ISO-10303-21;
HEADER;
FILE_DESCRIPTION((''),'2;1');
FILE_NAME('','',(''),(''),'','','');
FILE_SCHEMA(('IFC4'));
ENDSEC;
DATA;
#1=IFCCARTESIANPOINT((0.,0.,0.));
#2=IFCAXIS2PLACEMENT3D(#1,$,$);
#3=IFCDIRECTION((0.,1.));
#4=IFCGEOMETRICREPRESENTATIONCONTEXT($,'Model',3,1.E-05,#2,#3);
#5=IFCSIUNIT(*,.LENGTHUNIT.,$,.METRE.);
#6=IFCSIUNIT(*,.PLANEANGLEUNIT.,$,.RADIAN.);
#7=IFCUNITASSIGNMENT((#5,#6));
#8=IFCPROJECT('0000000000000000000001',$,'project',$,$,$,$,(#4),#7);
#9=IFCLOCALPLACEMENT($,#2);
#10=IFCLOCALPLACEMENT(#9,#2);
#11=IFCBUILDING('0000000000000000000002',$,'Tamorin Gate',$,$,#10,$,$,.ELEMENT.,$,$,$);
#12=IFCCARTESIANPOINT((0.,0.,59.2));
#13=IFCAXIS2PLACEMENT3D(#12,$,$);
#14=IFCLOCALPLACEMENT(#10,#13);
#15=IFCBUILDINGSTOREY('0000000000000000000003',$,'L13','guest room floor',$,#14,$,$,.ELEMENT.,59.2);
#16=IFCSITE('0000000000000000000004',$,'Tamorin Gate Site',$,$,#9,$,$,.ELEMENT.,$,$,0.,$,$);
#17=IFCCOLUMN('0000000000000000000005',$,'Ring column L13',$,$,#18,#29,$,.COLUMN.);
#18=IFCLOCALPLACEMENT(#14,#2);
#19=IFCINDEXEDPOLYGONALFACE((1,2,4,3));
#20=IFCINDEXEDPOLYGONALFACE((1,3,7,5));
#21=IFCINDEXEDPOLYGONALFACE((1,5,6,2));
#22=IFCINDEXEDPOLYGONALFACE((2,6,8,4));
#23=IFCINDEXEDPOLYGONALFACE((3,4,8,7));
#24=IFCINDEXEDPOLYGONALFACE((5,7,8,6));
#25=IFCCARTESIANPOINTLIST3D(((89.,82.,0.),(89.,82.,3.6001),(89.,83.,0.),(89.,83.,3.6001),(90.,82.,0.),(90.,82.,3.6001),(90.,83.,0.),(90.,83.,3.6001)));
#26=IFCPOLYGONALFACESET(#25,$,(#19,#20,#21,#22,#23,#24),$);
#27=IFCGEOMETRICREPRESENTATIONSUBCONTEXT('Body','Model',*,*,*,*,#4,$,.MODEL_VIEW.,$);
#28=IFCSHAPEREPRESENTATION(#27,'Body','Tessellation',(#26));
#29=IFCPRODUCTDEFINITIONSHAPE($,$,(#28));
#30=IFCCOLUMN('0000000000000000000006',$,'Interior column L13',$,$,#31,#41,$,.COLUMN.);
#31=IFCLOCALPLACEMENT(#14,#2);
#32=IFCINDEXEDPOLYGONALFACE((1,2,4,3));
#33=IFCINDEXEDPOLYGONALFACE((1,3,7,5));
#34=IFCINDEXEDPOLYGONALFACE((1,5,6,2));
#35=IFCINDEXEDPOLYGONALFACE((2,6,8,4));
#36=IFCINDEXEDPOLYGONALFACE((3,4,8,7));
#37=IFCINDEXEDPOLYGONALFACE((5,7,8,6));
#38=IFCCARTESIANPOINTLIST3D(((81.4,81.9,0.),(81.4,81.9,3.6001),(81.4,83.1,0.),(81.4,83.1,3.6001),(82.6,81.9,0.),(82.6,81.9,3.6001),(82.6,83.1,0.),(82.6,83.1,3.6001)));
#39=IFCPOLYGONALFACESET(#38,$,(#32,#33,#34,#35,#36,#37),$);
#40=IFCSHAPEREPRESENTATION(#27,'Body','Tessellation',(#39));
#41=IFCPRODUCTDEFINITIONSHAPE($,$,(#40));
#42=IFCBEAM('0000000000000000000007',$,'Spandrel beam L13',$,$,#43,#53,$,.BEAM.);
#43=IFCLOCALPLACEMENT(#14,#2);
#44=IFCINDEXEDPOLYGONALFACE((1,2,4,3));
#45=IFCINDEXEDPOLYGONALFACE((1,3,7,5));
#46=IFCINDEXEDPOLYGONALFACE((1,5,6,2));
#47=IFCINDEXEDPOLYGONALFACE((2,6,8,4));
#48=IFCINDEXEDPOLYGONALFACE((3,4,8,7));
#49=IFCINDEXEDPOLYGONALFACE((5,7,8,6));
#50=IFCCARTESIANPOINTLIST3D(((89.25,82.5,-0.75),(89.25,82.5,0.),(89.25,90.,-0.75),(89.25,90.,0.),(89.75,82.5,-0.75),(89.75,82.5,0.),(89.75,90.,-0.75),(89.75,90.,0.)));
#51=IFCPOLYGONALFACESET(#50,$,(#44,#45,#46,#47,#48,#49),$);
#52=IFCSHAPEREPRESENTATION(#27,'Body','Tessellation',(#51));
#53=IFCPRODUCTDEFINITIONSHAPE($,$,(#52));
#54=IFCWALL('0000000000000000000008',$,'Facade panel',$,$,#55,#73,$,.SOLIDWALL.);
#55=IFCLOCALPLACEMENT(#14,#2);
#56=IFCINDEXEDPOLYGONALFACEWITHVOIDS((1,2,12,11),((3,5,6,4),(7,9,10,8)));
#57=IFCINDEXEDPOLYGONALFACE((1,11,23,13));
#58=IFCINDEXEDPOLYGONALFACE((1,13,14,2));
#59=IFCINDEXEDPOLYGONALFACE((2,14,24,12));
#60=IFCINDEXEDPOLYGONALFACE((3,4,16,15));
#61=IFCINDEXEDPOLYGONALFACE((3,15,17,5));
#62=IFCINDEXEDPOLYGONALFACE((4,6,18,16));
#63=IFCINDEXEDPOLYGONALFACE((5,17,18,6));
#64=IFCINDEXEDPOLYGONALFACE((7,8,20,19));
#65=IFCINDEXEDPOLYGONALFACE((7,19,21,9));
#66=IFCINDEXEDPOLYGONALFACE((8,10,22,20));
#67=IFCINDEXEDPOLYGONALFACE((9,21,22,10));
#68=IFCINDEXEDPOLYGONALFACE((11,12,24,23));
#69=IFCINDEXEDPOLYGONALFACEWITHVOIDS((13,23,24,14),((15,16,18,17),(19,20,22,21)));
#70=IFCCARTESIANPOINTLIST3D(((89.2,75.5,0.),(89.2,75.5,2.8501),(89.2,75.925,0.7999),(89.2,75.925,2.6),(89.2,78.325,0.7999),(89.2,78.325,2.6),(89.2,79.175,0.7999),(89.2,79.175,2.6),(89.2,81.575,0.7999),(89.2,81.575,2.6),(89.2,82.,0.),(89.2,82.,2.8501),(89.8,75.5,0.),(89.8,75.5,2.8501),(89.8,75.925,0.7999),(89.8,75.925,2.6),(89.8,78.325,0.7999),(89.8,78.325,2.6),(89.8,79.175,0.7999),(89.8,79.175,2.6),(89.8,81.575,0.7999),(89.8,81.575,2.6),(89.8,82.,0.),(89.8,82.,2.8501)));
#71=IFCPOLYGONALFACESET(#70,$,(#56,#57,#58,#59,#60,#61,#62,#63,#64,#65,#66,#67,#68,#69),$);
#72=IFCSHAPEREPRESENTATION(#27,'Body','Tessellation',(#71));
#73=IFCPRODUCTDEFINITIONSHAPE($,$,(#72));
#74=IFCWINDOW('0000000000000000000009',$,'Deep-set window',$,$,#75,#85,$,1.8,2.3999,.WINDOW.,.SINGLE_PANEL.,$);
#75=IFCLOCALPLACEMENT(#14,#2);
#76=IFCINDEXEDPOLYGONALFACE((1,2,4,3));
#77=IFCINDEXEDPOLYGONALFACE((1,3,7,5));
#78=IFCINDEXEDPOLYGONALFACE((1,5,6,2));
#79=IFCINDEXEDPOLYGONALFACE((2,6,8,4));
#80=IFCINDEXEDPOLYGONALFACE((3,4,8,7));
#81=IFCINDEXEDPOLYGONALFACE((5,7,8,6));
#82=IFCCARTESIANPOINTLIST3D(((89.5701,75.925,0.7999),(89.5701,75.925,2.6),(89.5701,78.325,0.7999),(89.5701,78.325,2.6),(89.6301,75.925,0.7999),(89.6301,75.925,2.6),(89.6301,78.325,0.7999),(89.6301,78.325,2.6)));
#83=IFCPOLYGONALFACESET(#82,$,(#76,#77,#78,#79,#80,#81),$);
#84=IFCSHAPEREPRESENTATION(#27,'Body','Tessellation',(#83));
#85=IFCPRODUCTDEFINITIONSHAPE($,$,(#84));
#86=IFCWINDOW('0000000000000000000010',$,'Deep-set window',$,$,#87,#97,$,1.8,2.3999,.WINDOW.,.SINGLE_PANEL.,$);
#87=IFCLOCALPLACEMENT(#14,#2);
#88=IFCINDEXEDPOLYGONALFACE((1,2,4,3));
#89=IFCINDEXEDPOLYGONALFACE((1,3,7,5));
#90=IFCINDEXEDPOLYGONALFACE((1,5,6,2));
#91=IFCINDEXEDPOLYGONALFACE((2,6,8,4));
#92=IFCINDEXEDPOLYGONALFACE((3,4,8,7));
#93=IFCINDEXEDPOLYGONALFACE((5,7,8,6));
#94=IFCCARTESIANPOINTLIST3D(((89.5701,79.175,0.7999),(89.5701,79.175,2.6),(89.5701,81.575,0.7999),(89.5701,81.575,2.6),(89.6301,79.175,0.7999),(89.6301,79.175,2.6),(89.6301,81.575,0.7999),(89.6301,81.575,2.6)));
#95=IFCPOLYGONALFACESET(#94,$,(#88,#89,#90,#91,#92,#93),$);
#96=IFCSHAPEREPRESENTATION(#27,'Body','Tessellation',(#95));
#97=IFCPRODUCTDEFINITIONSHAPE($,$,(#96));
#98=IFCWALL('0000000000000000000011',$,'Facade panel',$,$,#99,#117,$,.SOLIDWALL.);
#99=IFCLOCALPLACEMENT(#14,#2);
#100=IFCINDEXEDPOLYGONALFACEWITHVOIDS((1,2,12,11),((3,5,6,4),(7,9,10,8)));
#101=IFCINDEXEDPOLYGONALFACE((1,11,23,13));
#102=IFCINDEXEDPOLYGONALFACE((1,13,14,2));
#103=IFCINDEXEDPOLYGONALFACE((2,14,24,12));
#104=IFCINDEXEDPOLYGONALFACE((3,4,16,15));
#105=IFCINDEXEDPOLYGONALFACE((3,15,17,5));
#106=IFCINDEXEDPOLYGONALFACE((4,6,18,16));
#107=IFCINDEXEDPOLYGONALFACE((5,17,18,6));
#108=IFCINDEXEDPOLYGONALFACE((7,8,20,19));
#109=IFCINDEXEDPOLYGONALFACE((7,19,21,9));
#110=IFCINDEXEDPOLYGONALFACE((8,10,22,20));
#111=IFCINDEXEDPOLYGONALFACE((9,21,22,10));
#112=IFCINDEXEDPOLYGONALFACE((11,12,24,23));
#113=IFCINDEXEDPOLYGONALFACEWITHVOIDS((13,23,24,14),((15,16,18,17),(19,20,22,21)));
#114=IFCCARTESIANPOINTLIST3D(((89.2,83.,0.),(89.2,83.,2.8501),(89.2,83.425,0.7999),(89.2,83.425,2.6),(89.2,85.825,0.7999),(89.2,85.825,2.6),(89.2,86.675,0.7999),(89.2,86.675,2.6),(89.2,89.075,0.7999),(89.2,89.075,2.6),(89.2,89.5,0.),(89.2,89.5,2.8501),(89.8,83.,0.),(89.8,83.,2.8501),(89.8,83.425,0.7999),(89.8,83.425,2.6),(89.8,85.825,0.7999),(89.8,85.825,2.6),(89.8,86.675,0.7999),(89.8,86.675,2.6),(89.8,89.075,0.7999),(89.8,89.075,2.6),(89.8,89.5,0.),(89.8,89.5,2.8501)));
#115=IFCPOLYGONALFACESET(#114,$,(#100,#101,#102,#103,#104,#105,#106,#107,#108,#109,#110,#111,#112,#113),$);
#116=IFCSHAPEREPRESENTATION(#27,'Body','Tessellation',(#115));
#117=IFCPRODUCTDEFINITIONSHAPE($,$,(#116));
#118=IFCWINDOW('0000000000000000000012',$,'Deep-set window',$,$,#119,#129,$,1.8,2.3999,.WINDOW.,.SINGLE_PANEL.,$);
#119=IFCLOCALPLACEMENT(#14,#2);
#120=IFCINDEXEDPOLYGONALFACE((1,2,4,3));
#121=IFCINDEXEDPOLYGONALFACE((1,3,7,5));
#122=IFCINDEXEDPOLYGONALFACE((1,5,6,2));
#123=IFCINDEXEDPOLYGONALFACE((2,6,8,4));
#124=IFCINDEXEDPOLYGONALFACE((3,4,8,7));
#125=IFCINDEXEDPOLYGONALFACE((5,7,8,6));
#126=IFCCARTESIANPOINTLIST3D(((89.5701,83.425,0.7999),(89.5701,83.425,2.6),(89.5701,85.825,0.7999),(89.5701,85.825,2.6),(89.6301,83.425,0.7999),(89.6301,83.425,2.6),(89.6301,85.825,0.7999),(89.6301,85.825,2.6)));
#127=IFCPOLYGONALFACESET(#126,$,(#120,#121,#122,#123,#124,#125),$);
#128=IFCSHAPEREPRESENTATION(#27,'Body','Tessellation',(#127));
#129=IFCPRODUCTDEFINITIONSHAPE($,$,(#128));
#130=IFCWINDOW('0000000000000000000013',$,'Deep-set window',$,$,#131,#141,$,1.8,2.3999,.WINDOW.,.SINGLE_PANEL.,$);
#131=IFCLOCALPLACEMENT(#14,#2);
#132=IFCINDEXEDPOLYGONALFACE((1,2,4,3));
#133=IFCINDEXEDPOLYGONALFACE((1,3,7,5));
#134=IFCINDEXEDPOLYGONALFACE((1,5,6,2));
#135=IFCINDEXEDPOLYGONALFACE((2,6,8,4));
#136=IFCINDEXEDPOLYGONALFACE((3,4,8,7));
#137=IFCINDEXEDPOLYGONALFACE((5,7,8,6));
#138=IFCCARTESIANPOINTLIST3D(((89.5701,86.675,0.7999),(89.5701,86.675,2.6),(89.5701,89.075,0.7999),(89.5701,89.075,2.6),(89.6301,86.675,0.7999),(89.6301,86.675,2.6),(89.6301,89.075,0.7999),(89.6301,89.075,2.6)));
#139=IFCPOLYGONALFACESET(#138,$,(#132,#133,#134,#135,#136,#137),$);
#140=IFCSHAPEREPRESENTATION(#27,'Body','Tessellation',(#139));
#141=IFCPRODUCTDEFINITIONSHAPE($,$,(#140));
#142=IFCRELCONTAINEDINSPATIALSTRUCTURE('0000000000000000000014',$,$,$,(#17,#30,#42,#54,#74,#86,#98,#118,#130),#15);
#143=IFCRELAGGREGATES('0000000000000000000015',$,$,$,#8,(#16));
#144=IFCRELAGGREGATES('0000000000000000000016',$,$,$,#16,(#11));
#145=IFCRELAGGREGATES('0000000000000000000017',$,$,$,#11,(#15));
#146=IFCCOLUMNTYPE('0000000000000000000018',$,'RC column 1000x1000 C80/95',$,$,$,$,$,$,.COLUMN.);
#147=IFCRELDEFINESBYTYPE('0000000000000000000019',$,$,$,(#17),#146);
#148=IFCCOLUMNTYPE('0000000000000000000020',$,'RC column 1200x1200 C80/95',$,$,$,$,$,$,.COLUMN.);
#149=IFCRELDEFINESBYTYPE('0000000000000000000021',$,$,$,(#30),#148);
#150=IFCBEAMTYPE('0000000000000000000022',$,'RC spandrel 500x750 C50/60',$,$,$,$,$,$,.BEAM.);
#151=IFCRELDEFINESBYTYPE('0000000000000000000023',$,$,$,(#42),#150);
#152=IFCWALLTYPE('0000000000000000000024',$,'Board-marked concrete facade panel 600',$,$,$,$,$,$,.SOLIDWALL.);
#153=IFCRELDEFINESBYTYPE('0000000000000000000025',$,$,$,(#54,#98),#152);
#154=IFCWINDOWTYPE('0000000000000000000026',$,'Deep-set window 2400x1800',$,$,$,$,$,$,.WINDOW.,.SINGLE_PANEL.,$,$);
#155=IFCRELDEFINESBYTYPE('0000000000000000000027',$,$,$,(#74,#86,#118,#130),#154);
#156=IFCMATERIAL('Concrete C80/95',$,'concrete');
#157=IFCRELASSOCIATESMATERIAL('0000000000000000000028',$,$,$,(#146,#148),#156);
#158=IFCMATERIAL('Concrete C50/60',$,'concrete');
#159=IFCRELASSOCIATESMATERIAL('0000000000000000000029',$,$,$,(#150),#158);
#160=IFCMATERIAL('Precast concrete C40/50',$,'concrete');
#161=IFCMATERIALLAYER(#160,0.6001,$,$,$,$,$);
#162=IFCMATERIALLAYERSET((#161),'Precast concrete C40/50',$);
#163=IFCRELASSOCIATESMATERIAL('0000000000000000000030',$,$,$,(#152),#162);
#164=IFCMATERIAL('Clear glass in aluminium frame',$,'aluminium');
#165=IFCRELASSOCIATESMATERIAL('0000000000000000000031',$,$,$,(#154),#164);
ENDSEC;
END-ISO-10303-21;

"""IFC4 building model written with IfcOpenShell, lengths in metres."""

from ifc_helpers import new_model, si_unit, direction, frame, frame_2d, origin, origin_2d, place, context, subcontext, project, spatial, rectangle, extrude, material, layer, layer_set, material_profile, profile_set, type_object, element, fill, save


model = new_model("IFC4")

# Units and contexts
model_context = context("Model", 3, precision=1e-05, world=origin(), true_north=direction((0.0, 1.0)))
body_context = subcontext(model_context, "Body", "Model", "MODEL_VIEW")
ifc_project = project(units=[si_unit("LENGTHUNIT", "METRE"), si_unit("PLANEANGLEUNIT", "RADIAN")], contexts=[model_context])

# Site, building, storey
site_placement = place(None, origin())
site = spatial("IfcSite", under=ifc_project, at=site_placement, Name="Tamorin Gate Site", CompositionType="ELEMENT", RefElevation=0.0)
building_placement = place(site_placement, origin())
building = spatial("IfcBuilding", under=site, at=building_placement, Name="Tamorin Gate", CompositionType="ELEMENT")
storey_placement = place(building_placement, frame((0.0, 0.0, 59.2)))
storey = spatial("IfcBuildingStorey", under=building, at=storey_placement, Name="L13", Description="guest room floor", CompositionType="ELEMENT", Elevation=59.2)

# Columns
ifc_material_1 = material(Name="Concrete C80/95", Category="concrete")
ifc_material_profile_1 = material_profile(ifc_material_1, rectangle(XDim=1.0, YDim=1.0, at=origin_2d()), Name="RC 1000x1000")
ifc_profile_set_1 = profile_set([ifc_material_profile_1], Name="Concrete C80/95")
column_type_1 = type_object("IfcColumnType", Name="RC column 1000x1000 C80/95", PredefinedType="COLUMN", material=ifc_profile_set_1)
column_1_placement = place(storey_placement, frame((89.5, 82.5, 0.0), z_axis=(0.0, 0.0, 1.0), x_axis=(1.0, 0.0, 0.0)))
element("IfcColumn", 1, at=column_1_placement, inside=storey, type_object=column_type_1, Name="Ring column L13", PredefinedType="COLUMN", context=body_context, shape_type="SweptSolid", body=[
    extrude(rectangle(XDim=1.0, YDim=1.0, at=origin_2d()), origin(), (0.0, 0.0, 1.0), 3.6001),
])
ifc_material_profile_2 = material_profile(ifc_material_1, rectangle(XDim=1.2, YDim=1.2, at=origin_2d()), Name="RC 1200x1200")
ifc_profile_set_2 = profile_set([ifc_material_profile_2], Name="Concrete C80/95")
column_type_2 = type_object("IfcColumnType", Name="RC column 1200x1200 C80/95", PredefinedType="COLUMN", material=ifc_profile_set_2)
column_2_placement = place(storey_placement, frame((82.0, 82.5, 0.0), z_axis=(0.0, 0.0, 1.0), x_axis=(1.0, 0.0, 0.0)))
element("IfcColumn", 2, at=column_2_placement, inside=storey, type_object=column_type_2, Name="Interior column L13", PredefinedType="COLUMN", context=body_context, shape_type="SweptSolid", body=[
    extrude(rectangle(XDim=1.2, YDim=1.2, at=origin_2d()), origin(), (0.0, 0.0, 1.0), 3.6001),
])

# Beam
ifc_material_2 = material(Name="Concrete C50/60", Category="concrete")
ifc_material_profile_3 = material_profile(ifc_material_2, rectangle(XDim=0.5, YDim=0.75, at=origin_2d()), Name="RC 500x750")
ifc_profile_set_3 = profile_set([ifc_material_profile_3], Name="Concrete C50/60")
beam_type = type_object("IfcBeamType", Name="RC spandrel 500x750 C50/60", PredefinedType="BEAM", material=ifc_profile_set_3)
beam_placement = place(storey_placement, frame((89.5, 82.5, -0.375), z_axis=(0.0, 1.0, 0.0), x_axis=(-1.0, 0.0, 0.0)))
element("IfcBeam", 3, at=beam_placement, inside=storey, type_object=beam_type, Name="Spandrel beam L13", PredefinedType="BEAM", context=body_context, shape_type="SweptSolid", body=[
    extrude(rectangle(XDim=0.5, YDim=0.75, at=origin_2d()), origin(), (0.0, 0.0, 1.0), 7.5),
])

# Walls, openings, windows
ifc_material_3 = material(Name="Precast concrete C40/50", Category="concrete")
ifc_layer_1 = layer(ifc_material_3, 0.6001)
ifc_layer_set_1 = layer_set([ifc_layer_1], Name="Precast concrete C40/50")
wall_type_1 = type_object("IfcWallType", Name="Board-marked concrete facade panel 600", PredefinedType="SOLIDWALL", material=ifc_layer_set_1)
wall_1_placement = place(storey_placement, frame((89.5, 75.5, 0.0), z_axis=(0.0, 0.0, 1.0), x_axis=(0.0, 1.0, 0.0)))
wall_1 = element("IfcWall", 4, at=wall_1_placement, inside=storey, type_object=wall_type_1, Name="Facade panel", PredefinedType="SOLIDWALL", context=body_context, shape_type="SweptSolid", body=[
    extrude(rectangle(XDim=6.5, YDim=0.6001, at=frame_2d((3.25, 0.0))), origin(), (0.0, 0.0, 1.0), 2.8501),
])
opening_1_placement = place(wall_1_placement, frame((0.425, 0.0, 0.8)))
opening_1 = element("IfcOpeningElement", 5, at=opening_1_placement, cuts=wall_1, PredefinedType="OPENING", context=body_context, shape_type="SweptSolid", body=[
    extrude(rectangle(XDim=2.3999, YDim=1.8, at=frame_2d((1.2, 0.8999))), frame((0.0, 0.3101, 0.0), z_axis=(0.0, -1.0, 0.0), x_axis=(1.0, 0.0, 0.0)), (0.0, 0.0, 1.0), 0.6201),
])
opening_2_placement = place(wall_1_placement, frame((3.675, 0.0, 0.8)))
opening_2 = element("IfcOpeningElement", 6, at=opening_2_placement, cuts=wall_1, PredefinedType="OPENING", context=body_context, shape_type="SweptSolid", body=[
    extrude(rectangle(XDim=2.3999, YDim=1.8, at=frame_2d((1.2, 0.8999))), frame((0.0, 0.3101, 0.0), z_axis=(0.0, -1.0, 0.0), x_axis=(1.0, 0.0, 0.0)), (0.0, 0.0, 1.0), 0.6201),
])
ifc_material_4 = material(Name="Clear glass in aluminium frame", Category="aluminium")
window_type = type_object("IfcWindowType", Name="Deep-set window 2400x1800", PartitioningType="SINGLE_PANEL", PredefinedType="WINDOW", material=ifc_material_4)
window_1_placement = place(opening_1_placement, origin())
window_1 = element("IfcWindow", 7, at=window_1_placement, inside=storey, type_object=window_type, Name="Deep-set window", OverallHeight=1.8, OverallWidth=2.3999, PartitioningType="SINGLE_PANEL", PredefinedType="WINDOW", context=body_context, shape_type="SweptSolid", body=[
    extrude(rectangle(XDim=2.3999, YDim=1.8, at=frame_2d((1.2, 0.8999))), frame((0.0, -0.0701, 0.0), z_axis=(0.0, -1.0, 0.0), x_axis=(1.0, 0.0, 0.0)), (0.0, 0.0, 1.0), 0.0601),
])
fill(opening_1, window_1)
window_2_placement = place(opening_2_placement, origin())
window_2 = element("IfcWindow", 8, at=window_2_placement, inside=storey, type_object=window_type, Name="Deep-set window", OverallHeight=1.8, OverallWidth=2.3999, PartitioningType="SINGLE_PANEL", PredefinedType="WINDOW", context=body_context, shape_type="SweptSolid", body=[
    extrude(rectangle(XDim=2.3999, YDim=1.8, at=frame_2d((1.2, 0.8999))), frame((0.0, -0.0701, 0.0), z_axis=(0.0, -1.0, 0.0), x_axis=(1.0, 0.0, 0.0)), (0.0, 0.0, 1.0), 0.0601),
])
fill(opening_2, window_2)
wall_2_placement = place(storey_placement, frame((89.5, 83.0, 0.0), z_axis=(0.0, 0.0, 1.0), x_axis=(0.0, 1.0, 0.0)))
wall_2 = element("IfcWall", 9, at=wall_2_placement, inside=storey, type_object=wall_type_1, Name="Facade panel", PredefinedType="SOLIDWALL", context=body_context, shape_type="SweptSolid", body=[
    extrude(rectangle(XDim=6.5, YDim=0.6001, at=frame_2d((3.25, 0.0))), origin(), (0.0, 0.0, 1.0), 2.8501),
])
opening_3_placement = place(wall_2_placement, frame((0.425, 0.0, 0.8)))
opening_3 = element("IfcOpeningElement", 10, at=opening_3_placement, cuts=wall_2, PredefinedType="OPENING", context=body_context, shape_type="SweptSolid", body=[
    extrude(rectangle(XDim=2.3999, YDim=1.8, at=frame_2d((1.2, 0.8999))), frame((0.0, 0.3101, 0.0), z_axis=(0.0, -1.0, 0.0), x_axis=(1.0, 0.0, 0.0)), (0.0, 0.0, 1.0), 0.6201),
])
opening_4_placement = place(wall_2_placement, frame((3.675, 0.0, 0.8)))
opening_4 = element("IfcOpeningElement", 11, at=opening_4_placement, cuts=wall_2, PredefinedType="OPENING", context=body_context, shape_type="SweptSolid", body=[
    extrude(rectangle(XDim=2.3999, YDim=1.8, at=frame_2d((1.2, 0.8999))), frame((0.0, 0.3101, 0.0), z_axis=(0.0, -1.0, 0.0), x_axis=(1.0, 0.0, 0.0)), (0.0, 0.0, 1.0), 0.6201),
])
window_3_placement = place(opening_3_placement, origin())
window_3 = element("IfcWindow", 12, at=window_3_placement, inside=storey, type_object=window_type, Name="Deep-set window", OverallHeight=1.8, OverallWidth=2.3999, PartitioningType="SINGLE_PANEL", PredefinedType="WINDOW", context=body_context, shape_type="SweptSolid", body=[
    extrude(rectangle(XDim=2.3999, YDim=1.8, at=frame_2d((1.2, 0.8999))), frame((0.0, -0.0701, 0.0), z_axis=(0.0, -1.0, 0.0), x_axis=(1.0, 0.0, 0.0)), (0.0, 0.0, 1.0), 0.0601),
])
fill(opening_3, window_3)
window_4_placement = place(opening_4_placement, origin())
window_4 = element("IfcWindow", 13, at=window_4_placement, inside=storey, type_object=window_type, Name="Deep-set window", OverallHeight=1.8, OverallWidth=2.3999, PartitioningType="SINGLE_PANEL", PredefinedType="WINDOW", context=body_context, shape_type="SweptSolid", body=[
    extrude(rectangle(XDim=2.3999, YDim=1.8, at=frame_2d((1.2, 0.8999))), frame((0.0, -0.0701, 0.0), z_axis=(0.0, -1.0, 0.0), x_axis=(1.0, 0.0, 0.0)), (0.0, 0.0, 1.0), 0.0601),
])
fill(opening_4, window_4)

save(model, "model.ifc")
